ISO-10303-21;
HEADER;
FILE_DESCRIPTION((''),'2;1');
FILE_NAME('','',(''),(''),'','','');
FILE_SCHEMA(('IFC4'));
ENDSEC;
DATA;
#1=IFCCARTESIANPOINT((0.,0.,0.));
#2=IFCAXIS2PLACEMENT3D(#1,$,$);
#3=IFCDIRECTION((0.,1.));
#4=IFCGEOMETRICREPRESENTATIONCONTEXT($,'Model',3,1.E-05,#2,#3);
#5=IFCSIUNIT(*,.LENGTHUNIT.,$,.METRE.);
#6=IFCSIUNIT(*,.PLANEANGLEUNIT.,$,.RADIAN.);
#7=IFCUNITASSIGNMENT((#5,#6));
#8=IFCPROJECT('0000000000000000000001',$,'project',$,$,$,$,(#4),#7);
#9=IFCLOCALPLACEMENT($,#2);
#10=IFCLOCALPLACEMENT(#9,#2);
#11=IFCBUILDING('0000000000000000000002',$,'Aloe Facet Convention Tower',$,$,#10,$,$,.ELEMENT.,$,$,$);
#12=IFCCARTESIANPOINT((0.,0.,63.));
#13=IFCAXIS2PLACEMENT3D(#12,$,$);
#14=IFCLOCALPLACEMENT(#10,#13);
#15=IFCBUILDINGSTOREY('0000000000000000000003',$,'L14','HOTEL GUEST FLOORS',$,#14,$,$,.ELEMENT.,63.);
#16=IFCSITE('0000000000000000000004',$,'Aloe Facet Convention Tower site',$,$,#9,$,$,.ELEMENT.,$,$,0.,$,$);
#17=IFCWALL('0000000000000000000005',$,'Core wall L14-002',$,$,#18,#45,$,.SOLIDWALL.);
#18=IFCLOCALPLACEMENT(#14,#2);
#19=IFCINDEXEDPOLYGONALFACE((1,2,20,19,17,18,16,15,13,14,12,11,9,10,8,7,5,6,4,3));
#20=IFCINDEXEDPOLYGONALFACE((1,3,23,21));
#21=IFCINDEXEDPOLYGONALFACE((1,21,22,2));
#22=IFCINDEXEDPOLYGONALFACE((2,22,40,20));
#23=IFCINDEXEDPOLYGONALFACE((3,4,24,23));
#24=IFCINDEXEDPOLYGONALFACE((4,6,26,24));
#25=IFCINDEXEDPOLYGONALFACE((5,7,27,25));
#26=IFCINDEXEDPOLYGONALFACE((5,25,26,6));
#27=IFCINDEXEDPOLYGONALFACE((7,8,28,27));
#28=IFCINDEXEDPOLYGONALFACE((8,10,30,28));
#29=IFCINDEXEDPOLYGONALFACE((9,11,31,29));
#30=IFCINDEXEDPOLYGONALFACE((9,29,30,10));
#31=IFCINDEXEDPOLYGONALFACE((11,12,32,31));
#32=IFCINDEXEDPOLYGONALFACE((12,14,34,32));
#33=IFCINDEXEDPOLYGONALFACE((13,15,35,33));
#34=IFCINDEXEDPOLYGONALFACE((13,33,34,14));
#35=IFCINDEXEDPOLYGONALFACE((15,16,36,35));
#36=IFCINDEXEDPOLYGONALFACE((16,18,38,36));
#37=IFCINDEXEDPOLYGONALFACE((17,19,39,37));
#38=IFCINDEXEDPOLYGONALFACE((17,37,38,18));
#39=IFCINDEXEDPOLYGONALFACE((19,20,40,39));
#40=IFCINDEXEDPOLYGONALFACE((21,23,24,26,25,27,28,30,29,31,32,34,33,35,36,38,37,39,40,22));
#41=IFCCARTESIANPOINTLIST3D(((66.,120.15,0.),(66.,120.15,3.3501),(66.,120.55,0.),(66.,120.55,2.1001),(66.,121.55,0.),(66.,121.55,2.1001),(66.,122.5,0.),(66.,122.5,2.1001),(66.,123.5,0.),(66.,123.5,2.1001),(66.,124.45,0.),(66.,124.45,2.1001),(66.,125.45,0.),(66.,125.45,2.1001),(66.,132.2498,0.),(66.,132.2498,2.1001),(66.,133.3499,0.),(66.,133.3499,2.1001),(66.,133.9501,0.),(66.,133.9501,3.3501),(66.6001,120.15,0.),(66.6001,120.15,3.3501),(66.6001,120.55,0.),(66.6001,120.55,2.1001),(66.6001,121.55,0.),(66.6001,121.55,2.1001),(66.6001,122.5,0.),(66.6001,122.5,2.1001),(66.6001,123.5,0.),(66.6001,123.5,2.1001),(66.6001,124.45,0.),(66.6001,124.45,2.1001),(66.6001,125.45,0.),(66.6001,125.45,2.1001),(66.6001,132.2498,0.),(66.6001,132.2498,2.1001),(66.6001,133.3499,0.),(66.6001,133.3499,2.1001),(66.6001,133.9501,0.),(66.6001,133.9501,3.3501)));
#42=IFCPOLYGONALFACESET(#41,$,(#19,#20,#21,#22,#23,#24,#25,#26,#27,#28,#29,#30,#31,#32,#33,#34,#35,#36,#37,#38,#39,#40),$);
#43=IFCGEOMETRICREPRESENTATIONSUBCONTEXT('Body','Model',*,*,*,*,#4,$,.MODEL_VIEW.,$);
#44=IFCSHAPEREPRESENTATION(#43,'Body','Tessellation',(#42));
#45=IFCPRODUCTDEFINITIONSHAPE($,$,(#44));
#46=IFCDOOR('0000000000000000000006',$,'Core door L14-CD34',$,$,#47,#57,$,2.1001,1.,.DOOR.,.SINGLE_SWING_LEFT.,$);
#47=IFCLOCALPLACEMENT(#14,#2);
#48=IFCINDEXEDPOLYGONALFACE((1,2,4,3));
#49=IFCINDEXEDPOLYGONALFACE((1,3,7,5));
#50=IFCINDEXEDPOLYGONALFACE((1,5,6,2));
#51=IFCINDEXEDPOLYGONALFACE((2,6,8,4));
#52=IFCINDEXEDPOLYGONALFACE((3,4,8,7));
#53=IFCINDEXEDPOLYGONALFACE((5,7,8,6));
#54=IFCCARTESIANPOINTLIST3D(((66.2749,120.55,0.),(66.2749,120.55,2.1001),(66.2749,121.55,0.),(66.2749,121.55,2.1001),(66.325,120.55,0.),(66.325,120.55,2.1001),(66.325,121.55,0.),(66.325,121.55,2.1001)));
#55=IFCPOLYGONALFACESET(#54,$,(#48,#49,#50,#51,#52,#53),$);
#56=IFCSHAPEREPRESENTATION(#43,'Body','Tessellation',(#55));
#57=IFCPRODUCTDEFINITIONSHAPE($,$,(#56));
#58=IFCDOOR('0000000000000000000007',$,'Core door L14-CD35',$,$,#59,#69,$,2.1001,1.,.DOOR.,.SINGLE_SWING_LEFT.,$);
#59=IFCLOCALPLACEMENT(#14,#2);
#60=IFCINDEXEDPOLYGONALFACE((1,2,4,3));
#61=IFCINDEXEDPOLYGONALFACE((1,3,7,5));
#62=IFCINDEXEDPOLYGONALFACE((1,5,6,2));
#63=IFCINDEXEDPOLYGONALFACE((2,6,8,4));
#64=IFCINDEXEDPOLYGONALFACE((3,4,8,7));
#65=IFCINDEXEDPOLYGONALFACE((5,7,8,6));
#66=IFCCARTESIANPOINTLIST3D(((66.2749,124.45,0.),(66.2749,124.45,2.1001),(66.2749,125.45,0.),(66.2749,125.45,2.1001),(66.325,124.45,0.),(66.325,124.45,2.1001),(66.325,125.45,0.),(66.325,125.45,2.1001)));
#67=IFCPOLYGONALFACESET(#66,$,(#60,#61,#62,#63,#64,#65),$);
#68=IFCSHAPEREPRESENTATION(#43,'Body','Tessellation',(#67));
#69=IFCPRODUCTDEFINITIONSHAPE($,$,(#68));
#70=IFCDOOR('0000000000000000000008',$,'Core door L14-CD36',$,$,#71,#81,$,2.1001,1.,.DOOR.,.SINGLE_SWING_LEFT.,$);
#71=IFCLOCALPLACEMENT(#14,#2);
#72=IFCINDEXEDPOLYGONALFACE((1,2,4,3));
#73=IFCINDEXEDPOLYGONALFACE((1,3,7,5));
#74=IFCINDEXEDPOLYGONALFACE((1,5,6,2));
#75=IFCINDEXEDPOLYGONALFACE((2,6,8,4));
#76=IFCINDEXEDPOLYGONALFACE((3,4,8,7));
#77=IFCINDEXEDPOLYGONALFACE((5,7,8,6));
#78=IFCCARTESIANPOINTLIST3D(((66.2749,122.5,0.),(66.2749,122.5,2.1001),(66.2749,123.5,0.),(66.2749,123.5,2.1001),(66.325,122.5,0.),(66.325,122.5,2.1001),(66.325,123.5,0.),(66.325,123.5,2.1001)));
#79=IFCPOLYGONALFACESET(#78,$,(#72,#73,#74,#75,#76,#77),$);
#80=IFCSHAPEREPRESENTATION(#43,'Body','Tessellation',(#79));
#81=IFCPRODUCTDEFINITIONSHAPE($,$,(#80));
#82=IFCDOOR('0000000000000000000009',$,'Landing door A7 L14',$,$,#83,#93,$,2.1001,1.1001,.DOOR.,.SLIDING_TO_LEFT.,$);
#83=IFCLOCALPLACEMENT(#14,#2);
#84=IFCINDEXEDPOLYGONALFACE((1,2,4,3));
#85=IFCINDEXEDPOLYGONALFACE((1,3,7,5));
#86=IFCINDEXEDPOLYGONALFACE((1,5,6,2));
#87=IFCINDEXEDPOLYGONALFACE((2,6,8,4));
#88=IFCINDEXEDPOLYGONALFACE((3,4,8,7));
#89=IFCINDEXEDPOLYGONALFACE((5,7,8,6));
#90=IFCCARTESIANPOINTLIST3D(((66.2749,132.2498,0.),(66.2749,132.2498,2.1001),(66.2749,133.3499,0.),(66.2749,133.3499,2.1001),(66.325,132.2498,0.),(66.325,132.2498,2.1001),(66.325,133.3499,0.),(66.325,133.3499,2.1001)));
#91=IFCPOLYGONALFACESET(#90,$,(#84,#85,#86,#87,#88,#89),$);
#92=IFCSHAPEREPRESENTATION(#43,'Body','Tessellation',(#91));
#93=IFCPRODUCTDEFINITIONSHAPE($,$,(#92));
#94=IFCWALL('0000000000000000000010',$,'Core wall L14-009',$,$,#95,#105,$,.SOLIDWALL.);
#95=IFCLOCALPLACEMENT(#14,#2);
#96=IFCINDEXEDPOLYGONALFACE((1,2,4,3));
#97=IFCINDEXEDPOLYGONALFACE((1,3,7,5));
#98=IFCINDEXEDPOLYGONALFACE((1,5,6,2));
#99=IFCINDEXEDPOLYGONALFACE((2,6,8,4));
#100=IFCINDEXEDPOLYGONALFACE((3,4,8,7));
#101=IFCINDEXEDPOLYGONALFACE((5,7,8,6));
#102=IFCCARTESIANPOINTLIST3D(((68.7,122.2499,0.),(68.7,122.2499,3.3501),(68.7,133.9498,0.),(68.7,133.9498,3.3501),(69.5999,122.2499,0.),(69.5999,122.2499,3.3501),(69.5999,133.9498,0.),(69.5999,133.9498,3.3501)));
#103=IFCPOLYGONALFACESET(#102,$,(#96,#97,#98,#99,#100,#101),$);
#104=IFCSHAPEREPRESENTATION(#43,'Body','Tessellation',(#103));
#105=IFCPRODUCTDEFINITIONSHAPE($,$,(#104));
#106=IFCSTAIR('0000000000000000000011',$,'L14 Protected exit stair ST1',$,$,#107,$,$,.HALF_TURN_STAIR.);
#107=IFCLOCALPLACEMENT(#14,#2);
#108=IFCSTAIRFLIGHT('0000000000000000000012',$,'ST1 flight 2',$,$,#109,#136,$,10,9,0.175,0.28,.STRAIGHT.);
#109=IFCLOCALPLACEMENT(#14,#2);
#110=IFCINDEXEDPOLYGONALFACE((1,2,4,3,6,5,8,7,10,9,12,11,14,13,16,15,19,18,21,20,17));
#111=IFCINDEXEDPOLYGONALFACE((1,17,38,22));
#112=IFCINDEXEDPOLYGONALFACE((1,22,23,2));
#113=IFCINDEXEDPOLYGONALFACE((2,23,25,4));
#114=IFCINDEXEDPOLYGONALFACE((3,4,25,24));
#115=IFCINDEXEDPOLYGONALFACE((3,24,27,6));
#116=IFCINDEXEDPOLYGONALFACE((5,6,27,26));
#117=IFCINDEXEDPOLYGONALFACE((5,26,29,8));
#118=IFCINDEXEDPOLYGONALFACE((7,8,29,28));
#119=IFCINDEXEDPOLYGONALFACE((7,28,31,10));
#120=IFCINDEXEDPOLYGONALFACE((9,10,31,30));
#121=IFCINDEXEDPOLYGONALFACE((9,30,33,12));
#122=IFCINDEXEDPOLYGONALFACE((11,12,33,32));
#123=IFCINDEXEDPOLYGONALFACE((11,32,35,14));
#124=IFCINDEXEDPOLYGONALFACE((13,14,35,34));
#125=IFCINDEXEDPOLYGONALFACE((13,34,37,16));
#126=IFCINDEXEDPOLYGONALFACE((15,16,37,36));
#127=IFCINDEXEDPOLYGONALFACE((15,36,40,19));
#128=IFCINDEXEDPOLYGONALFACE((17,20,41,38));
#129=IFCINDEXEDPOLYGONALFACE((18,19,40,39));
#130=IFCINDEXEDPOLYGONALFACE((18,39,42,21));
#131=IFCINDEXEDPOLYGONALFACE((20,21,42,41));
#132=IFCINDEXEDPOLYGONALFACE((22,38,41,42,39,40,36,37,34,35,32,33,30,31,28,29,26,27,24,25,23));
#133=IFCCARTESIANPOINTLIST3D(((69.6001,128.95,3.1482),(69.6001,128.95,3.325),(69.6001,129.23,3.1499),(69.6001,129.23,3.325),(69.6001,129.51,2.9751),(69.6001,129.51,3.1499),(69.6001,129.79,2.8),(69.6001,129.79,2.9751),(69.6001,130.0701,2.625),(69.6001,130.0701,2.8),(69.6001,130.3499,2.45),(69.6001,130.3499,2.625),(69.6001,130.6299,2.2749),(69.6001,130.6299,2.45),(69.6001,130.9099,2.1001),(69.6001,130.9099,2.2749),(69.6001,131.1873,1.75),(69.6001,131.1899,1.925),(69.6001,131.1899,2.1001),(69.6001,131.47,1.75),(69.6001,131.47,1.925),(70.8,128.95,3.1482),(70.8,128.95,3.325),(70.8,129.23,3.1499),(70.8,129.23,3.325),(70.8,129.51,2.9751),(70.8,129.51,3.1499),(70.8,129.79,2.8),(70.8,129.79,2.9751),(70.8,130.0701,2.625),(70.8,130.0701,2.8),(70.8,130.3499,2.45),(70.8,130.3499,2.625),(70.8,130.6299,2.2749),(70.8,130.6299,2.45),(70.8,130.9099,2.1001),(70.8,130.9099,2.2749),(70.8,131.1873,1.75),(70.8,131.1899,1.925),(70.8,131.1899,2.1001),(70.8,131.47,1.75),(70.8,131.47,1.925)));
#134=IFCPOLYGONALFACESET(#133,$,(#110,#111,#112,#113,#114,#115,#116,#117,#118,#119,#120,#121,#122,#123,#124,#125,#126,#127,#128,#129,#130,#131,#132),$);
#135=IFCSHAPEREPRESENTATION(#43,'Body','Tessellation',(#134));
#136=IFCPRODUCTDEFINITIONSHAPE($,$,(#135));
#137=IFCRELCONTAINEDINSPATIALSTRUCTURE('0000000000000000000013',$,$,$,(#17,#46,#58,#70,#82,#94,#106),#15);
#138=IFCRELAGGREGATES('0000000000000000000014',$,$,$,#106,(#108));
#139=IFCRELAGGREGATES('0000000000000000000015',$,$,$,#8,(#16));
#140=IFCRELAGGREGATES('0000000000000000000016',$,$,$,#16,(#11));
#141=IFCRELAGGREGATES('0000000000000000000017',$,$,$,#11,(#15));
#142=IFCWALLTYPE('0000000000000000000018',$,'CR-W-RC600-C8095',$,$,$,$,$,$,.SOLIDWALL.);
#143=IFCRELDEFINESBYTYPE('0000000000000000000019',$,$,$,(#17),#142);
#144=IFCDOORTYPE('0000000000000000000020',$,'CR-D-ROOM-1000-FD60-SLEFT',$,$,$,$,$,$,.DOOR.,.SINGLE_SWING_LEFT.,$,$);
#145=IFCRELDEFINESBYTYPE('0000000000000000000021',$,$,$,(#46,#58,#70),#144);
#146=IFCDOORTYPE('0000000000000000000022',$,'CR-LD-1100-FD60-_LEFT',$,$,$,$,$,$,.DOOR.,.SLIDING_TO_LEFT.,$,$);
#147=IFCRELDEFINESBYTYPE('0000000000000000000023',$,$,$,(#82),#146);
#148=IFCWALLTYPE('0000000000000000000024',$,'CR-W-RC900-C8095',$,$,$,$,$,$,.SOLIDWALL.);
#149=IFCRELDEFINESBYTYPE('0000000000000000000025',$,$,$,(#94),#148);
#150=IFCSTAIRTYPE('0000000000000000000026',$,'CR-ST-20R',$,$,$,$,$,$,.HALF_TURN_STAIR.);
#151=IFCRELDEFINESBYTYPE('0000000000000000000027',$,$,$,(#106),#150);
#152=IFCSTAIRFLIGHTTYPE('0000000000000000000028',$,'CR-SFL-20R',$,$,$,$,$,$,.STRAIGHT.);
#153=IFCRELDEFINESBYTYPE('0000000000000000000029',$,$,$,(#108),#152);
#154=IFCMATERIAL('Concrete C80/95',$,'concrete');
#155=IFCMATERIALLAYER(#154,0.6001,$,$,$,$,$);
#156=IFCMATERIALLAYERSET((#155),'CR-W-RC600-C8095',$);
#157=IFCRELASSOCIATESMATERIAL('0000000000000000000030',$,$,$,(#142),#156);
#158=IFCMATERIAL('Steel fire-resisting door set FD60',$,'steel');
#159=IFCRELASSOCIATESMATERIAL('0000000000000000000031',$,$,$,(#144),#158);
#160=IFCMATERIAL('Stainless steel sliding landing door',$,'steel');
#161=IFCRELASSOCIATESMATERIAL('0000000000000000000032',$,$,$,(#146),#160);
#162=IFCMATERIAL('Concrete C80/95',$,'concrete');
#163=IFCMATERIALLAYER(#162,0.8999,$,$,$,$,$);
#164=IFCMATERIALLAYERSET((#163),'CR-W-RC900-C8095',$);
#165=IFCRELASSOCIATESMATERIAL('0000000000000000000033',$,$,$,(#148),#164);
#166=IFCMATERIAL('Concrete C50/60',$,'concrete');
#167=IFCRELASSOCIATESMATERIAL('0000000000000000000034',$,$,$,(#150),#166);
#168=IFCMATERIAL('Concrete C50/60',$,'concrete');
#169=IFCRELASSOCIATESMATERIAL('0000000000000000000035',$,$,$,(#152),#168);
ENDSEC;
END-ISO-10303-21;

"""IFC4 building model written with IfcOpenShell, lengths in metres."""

from ifc_helpers import new_model, si_unit, direction, frame, frame_2d, origin, place, context, subcontext, project, spatial, polyline, rectangle, outline, extrude, material, layer, layer_set, type_object, element, fill, aggregate, save


model = new_model("IFC4")

# Units and contexts
model_context = context("Model", 3, precision=1e-05, world=origin(), true_north=direction((0.0, 1.0)))
body_context = subcontext(model_context, "Body", "Model", "MODEL_VIEW")
ifc_project = project(units=[si_unit("LENGTHUNIT", "METRE"), si_unit("PLANEANGLEUNIT", "RADIAN")], contexts=[model_context])

# Site, building, storey
site_placement = place(None, origin())
site = spatial("IfcSite", under=ifc_project, at=site_placement, Name="Aloe Facet Convention Tower site", CompositionType="ELEMENT", RefElevation=0.0)
building_placement = place(site_placement, origin())
building = spatial("IfcBuilding", under=site, at=building_placement, Name="Aloe Facet Convention Tower", CompositionType="ELEMENT")
storey_placement = place(building_placement, frame((0.0, 0.0, 63.0)))
storey = spatial("IfcBuildingStorey", under=building, at=storey_placement, Name="L14", Description="HOTEL GUEST FLOORS", CompositionType="ELEMENT", Elevation=63.0)

# Shared definitions
ifc_material_1 = material(Name="Concrete C80/95", Category="concrete")
ifc_layer_1 = layer(ifc_material_1, 0.6001)
ifc_layer_set_1 = layer_set([ifc_layer_1], Name="CR-W-RC600-C8095")
wall_type_1 = type_object("IfcWallType", Name="CR-W-RC600-C8095", PredefinedType="SOLIDWALL", material=ifc_layer_set_1)

# Wall, openings, doors
wall_1_placement = place(storey_placement, frame((66.3, 133.95, 0.0), z_axis=(0.0, 0.0, 1.0), x_axis=(0.0, -1.0, 0.0)))
wall_1 = element("IfcWall", 1, at=wall_1_placement, inside=storey, type_object=wall_type_1, Name="Core wall L14-002", PredefinedType="SOLIDWALL", context=body_context, shape_type="SweptSolid", body=[
    extrude(rectangle(XDim=13.8, YDim=0.6001, at=frame_2d((6.8999, 0.0))), origin(), (0.0, 0.0, 1.0), 3.3501),
])
opening_1_placement = place(wall_1_placement, frame((0.6001, 0.0, 0.0)))
opening_1 = element("IfcOpeningElement", 2, at=opening_1_placement, cuts=wall_1, PredefinedType="OPENING", context=body_context, shape_type="SweptSolid", body=[
    extrude(rectangle(XDim=1.1001, YDim=2.1001, at=frame_2d((0.55, 1.05))), frame((0.0, 0.3101, 0.0), z_axis=(0.0, -1.0, 0.0), x_axis=(1.0, 0.0, 0.0)), (0.0, 0.0, 1.0), 0.6201),
])
opening_2_placement = place(wall_1_placement, frame((12.3999, 0.0, 0.0)))
opening_2 = element("IfcOpeningElement", 3, at=opening_2_placement, cuts=wall_1, PredefinedType="OPENING", context=body_context, shape_type="SweptSolid", body=[
    extrude(rectangle(XDim=1.0, YDim=2.1001, at=frame_2d((0.5, 1.05))), frame((0.0, 0.3101, 0.0), z_axis=(0.0, -1.0, 0.0), x_axis=(1.0, 0.0, 0.0)), (0.0, 0.0, 1.0), 0.6201),
])
opening_3_placement = place(wall_1_placement, frame((8.5, 0.0, 0.0)))
opening_3 = element("IfcOpeningElement", 4, at=opening_3_placement, cuts=wall_1, PredefinedType="OPENING", context=body_context, shape_type="SweptSolid", body=[
    extrude(rectangle(XDim=1.0, YDim=2.1001, at=frame_2d((0.5, 1.05))), frame((0.0, 0.3101, 0.0), z_axis=(0.0, -1.0, 0.0), x_axis=(1.0, 0.0, 0.0)), (0.0, 0.0, 1.0), 0.6201),
])
opening_4_placement = place(wall_1_placement, frame((10.45, 0.0, 0.0)))
opening_4 = element("IfcOpeningElement", 5, at=opening_4_placement, cuts=wall_1, PredefinedType="OPENING", context=body_context, shape_type="SweptSolid", body=[
    extrude(rectangle(XDim=1.0, YDim=2.1001, at=frame_2d((0.5, 1.05))), frame((0.0, 0.3101, 0.0), z_axis=(0.0, -1.0, 0.0), x_axis=(1.0, 0.0, 0.0)), (0.0, 0.0, 1.0), 0.6201),
])
ifc_material_2 = material(Name="Steel fire-resisting door set FD60", Category="steel")
door_type_1 = type_object("IfcDoorType", Name="CR-D-ROOM-1000-FD60-SLEFT", OperationType="SINGLE_SWING_LEFT", PredefinedType="DOOR", material=ifc_material_2)
door_1_placement = place(opening_2_placement, origin())
door_1 = element("IfcDoor", 6, at=door_1_placement, inside=storey, type_object=door_type_1, Name="Core door L14-CD34", OperationType="SINGLE_SWING_LEFT", OverallHeight=2.1001, OverallWidth=1.0, PredefinedType="DOOR", context=body_context, shape_type="SweptSolid", body=[
    extrude(rectangle(XDim=1.0, YDim=2.1001, at=frame_2d((0.5, 1.05))), frame((0.0, 0.0249, 0.0), z_axis=(0.0, -1.0, 0.0), x_axis=(1.0, 0.0, 0.0)), (0.0, 0.0, 1.0), 0.05),
])
fill(opening_2, door_1)
door_2_placement = place(opening_3_placement, origin())
door_2 = element("IfcDoor", 7, at=door_2_placement, inside=storey, type_object=door_type_1, Name="Core door L14-CD35", OperationType="SINGLE_SWING_LEFT", OverallHeight=2.1001, OverallWidth=1.0, PredefinedType="DOOR", context=body_context, shape_type="SweptSolid", body=[
    extrude(rectangle(XDim=1.0, YDim=2.1001, at=frame_2d((0.5, 1.05))), frame((0.0, 0.0249, 0.0), z_axis=(0.0, -1.0, 0.0), x_axis=(1.0, 0.0, 0.0)), (0.0, 0.0, 1.0), 0.05),
])
fill(opening_3, door_2)
door_3_placement = place(opening_4_placement, origin())
door_3 = element("IfcDoor", 8, at=door_3_placement, inside=storey, type_object=door_type_1, Name="Core door L14-CD36", OperationType="SINGLE_SWING_LEFT", OverallHeight=2.1001, OverallWidth=1.0, PredefinedType="DOOR", context=body_context, shape_type="SweptSolid", body=[
    extrude(rectangle(XDim=1.0, YDim=2.1001, at=frame_2d((0.5, 1.05))), frame((0.0, 0.0249, 0.0), z_axis=(0.0, -1.0, 0.0), x_axis=(1.0, 0.0, 0.0)), (0.0, 0.0, 1.0), 0.05),
])
fill(opening_4, door_3)
ifc_material_3 = material(Name="Stainless steel sliding landing door", Category="steel")
door_type_2 = type_object("IfcDoorType", Name="CR-LD-1100-FD60-_LEFT", OperationType="SLIDING_TO_LEFT", PredefinedType="DOOR", material=ifc_material_3)
door_4_placement = place(opening_1_placement, origin())
door_4 = element("IfcDoor", 9, at=door_4_placement, inside=storey, type_object=door_type_2, Name="Landing door A7 L14", OperationType="SLIDING_TO_LEFT", OverallHeight=2.1001, OverallWidth=1.1001, PredefinedType="DOOR", context=body_context, shape_type="SweptSolid", body=[
    extrude(rectangle(XDim=1.1001, YDim=2.1001, at=frame_2d((0.55, 1.05))), frame((0.0, 0.0249, 0.0), z_axis=(0.0, -1.0, 0.0), x_axis=(1.0, 0.0, 0.0)), (0.0, 0.0, 1.0), 0.05),
])
fill(opening_1, door_4)

# Wall
ifc_material_4 = material(Name="Concrete C80/95", Category="concrete")
ifc_layer_2 = layer(ifc_material_4, 0.8999)
ifc_layer_set_2 = layer_set([ifc_layer_2], Name="CR-W-RC900-C8095")
wall_type_2 = type_object("IfcWallType", Name="CR-W-RC900-C8095", PredefinedType="SOLIDWALL", material=ifc_layer_set_2)
wall_2_placement = place(storey_placement, frame((69.1499, 133.95, 0.0), z_axis=(0.0, 0.0, 1.0), x_axis=(0.0, -1.0, 0.0)))
element("IfcWall", 10, at=wall_2_placement, inside=storey, type_object=wall_type_2, Name="Core wall L14-009", PredefinedType="SOLIDWALL", context=body_context, shape_type="SweptSolid", body=[
    extrude(rectangle(XDim=11.7, YDim=0.8999, at=frame_2d((5.8501, 0.0))), origin(), (0.0, 0.0, 1.0), 3.3501),
])

# Stair, stair flight
ifc_material_5 = material(Name="Concrete C50/60", Category="concrete")
stair_type = type_object("IfcStairType", Name="CR-ST-20R", PredefinedType="HALF_TURN_STAIR", material=ifc_material_5)
stair_placement = place(storey_placement, origin())
stair = element("IfcStair", 11, at=stair_placement, inside=storey, type_object=stair_type, Name="L14 Protected exit stair ST1", PredefinedType="HALF_TURN_STAIR")
ifc_material_6 = material(Name="Concrete C50/60", Category="concrete")
stair_flight_type = type_object("IfcStairFlightType", Name="CR-SFL-20R", PredefinedType="STRAIGHT", material=ifc_material_6)
stair_flight_placement = place(storey_placement, frame((70.2, 131.47, 1.75), z_axis=(0.0, 0.0, 1.0), x_axis=(0.0, -1.0, 0.0)))
stair_flight = element("IfcStairFlight", 12, at=stair_flight_placement, type_object=stair_flight_type, Name="ST1 flight 2", NumberOfRisers=10, NumberOfTreads=9, PredefinedType="STRAIGHT", RiserHeight=0.175, TreadLength=0.28, context=body_context, shape_type="SweptSolid", body=[
    extrude(outline(polyline([(0.0, 0.0), (0.0, 0.175), (0.28, 0.175), (0.28, 0.3501), (0.5601, 0.3501), (0.5601, 0.5249), (0.8401, 0.5249), (0.8401, 0.7), (1.1201, 0.7), (1.1201, 0.875), (1.3999, 0.875), (1.3999, 1.05), (1.6799, 1.05), (1.6799, 1.2251), (1.96, 1.2251), (1.96, 1.3999), (2.24, 1.3999), (2.24, 1.575), (2.52, 1.575), (2.52, 1.75), (2.52, 1.3982), (0.2827, 0.0), (0.0, 0.0)])), frame((0.0, 0.6001, 0.0), z_axis=(0.0, -1.0, 0.0), x_axis=(1.0, 0.0, 0.0)), (0.0, 0.0, 1.0), 1.2),
])
aggregate(stair, [stair_flight])

save(model, "model.ifc")
